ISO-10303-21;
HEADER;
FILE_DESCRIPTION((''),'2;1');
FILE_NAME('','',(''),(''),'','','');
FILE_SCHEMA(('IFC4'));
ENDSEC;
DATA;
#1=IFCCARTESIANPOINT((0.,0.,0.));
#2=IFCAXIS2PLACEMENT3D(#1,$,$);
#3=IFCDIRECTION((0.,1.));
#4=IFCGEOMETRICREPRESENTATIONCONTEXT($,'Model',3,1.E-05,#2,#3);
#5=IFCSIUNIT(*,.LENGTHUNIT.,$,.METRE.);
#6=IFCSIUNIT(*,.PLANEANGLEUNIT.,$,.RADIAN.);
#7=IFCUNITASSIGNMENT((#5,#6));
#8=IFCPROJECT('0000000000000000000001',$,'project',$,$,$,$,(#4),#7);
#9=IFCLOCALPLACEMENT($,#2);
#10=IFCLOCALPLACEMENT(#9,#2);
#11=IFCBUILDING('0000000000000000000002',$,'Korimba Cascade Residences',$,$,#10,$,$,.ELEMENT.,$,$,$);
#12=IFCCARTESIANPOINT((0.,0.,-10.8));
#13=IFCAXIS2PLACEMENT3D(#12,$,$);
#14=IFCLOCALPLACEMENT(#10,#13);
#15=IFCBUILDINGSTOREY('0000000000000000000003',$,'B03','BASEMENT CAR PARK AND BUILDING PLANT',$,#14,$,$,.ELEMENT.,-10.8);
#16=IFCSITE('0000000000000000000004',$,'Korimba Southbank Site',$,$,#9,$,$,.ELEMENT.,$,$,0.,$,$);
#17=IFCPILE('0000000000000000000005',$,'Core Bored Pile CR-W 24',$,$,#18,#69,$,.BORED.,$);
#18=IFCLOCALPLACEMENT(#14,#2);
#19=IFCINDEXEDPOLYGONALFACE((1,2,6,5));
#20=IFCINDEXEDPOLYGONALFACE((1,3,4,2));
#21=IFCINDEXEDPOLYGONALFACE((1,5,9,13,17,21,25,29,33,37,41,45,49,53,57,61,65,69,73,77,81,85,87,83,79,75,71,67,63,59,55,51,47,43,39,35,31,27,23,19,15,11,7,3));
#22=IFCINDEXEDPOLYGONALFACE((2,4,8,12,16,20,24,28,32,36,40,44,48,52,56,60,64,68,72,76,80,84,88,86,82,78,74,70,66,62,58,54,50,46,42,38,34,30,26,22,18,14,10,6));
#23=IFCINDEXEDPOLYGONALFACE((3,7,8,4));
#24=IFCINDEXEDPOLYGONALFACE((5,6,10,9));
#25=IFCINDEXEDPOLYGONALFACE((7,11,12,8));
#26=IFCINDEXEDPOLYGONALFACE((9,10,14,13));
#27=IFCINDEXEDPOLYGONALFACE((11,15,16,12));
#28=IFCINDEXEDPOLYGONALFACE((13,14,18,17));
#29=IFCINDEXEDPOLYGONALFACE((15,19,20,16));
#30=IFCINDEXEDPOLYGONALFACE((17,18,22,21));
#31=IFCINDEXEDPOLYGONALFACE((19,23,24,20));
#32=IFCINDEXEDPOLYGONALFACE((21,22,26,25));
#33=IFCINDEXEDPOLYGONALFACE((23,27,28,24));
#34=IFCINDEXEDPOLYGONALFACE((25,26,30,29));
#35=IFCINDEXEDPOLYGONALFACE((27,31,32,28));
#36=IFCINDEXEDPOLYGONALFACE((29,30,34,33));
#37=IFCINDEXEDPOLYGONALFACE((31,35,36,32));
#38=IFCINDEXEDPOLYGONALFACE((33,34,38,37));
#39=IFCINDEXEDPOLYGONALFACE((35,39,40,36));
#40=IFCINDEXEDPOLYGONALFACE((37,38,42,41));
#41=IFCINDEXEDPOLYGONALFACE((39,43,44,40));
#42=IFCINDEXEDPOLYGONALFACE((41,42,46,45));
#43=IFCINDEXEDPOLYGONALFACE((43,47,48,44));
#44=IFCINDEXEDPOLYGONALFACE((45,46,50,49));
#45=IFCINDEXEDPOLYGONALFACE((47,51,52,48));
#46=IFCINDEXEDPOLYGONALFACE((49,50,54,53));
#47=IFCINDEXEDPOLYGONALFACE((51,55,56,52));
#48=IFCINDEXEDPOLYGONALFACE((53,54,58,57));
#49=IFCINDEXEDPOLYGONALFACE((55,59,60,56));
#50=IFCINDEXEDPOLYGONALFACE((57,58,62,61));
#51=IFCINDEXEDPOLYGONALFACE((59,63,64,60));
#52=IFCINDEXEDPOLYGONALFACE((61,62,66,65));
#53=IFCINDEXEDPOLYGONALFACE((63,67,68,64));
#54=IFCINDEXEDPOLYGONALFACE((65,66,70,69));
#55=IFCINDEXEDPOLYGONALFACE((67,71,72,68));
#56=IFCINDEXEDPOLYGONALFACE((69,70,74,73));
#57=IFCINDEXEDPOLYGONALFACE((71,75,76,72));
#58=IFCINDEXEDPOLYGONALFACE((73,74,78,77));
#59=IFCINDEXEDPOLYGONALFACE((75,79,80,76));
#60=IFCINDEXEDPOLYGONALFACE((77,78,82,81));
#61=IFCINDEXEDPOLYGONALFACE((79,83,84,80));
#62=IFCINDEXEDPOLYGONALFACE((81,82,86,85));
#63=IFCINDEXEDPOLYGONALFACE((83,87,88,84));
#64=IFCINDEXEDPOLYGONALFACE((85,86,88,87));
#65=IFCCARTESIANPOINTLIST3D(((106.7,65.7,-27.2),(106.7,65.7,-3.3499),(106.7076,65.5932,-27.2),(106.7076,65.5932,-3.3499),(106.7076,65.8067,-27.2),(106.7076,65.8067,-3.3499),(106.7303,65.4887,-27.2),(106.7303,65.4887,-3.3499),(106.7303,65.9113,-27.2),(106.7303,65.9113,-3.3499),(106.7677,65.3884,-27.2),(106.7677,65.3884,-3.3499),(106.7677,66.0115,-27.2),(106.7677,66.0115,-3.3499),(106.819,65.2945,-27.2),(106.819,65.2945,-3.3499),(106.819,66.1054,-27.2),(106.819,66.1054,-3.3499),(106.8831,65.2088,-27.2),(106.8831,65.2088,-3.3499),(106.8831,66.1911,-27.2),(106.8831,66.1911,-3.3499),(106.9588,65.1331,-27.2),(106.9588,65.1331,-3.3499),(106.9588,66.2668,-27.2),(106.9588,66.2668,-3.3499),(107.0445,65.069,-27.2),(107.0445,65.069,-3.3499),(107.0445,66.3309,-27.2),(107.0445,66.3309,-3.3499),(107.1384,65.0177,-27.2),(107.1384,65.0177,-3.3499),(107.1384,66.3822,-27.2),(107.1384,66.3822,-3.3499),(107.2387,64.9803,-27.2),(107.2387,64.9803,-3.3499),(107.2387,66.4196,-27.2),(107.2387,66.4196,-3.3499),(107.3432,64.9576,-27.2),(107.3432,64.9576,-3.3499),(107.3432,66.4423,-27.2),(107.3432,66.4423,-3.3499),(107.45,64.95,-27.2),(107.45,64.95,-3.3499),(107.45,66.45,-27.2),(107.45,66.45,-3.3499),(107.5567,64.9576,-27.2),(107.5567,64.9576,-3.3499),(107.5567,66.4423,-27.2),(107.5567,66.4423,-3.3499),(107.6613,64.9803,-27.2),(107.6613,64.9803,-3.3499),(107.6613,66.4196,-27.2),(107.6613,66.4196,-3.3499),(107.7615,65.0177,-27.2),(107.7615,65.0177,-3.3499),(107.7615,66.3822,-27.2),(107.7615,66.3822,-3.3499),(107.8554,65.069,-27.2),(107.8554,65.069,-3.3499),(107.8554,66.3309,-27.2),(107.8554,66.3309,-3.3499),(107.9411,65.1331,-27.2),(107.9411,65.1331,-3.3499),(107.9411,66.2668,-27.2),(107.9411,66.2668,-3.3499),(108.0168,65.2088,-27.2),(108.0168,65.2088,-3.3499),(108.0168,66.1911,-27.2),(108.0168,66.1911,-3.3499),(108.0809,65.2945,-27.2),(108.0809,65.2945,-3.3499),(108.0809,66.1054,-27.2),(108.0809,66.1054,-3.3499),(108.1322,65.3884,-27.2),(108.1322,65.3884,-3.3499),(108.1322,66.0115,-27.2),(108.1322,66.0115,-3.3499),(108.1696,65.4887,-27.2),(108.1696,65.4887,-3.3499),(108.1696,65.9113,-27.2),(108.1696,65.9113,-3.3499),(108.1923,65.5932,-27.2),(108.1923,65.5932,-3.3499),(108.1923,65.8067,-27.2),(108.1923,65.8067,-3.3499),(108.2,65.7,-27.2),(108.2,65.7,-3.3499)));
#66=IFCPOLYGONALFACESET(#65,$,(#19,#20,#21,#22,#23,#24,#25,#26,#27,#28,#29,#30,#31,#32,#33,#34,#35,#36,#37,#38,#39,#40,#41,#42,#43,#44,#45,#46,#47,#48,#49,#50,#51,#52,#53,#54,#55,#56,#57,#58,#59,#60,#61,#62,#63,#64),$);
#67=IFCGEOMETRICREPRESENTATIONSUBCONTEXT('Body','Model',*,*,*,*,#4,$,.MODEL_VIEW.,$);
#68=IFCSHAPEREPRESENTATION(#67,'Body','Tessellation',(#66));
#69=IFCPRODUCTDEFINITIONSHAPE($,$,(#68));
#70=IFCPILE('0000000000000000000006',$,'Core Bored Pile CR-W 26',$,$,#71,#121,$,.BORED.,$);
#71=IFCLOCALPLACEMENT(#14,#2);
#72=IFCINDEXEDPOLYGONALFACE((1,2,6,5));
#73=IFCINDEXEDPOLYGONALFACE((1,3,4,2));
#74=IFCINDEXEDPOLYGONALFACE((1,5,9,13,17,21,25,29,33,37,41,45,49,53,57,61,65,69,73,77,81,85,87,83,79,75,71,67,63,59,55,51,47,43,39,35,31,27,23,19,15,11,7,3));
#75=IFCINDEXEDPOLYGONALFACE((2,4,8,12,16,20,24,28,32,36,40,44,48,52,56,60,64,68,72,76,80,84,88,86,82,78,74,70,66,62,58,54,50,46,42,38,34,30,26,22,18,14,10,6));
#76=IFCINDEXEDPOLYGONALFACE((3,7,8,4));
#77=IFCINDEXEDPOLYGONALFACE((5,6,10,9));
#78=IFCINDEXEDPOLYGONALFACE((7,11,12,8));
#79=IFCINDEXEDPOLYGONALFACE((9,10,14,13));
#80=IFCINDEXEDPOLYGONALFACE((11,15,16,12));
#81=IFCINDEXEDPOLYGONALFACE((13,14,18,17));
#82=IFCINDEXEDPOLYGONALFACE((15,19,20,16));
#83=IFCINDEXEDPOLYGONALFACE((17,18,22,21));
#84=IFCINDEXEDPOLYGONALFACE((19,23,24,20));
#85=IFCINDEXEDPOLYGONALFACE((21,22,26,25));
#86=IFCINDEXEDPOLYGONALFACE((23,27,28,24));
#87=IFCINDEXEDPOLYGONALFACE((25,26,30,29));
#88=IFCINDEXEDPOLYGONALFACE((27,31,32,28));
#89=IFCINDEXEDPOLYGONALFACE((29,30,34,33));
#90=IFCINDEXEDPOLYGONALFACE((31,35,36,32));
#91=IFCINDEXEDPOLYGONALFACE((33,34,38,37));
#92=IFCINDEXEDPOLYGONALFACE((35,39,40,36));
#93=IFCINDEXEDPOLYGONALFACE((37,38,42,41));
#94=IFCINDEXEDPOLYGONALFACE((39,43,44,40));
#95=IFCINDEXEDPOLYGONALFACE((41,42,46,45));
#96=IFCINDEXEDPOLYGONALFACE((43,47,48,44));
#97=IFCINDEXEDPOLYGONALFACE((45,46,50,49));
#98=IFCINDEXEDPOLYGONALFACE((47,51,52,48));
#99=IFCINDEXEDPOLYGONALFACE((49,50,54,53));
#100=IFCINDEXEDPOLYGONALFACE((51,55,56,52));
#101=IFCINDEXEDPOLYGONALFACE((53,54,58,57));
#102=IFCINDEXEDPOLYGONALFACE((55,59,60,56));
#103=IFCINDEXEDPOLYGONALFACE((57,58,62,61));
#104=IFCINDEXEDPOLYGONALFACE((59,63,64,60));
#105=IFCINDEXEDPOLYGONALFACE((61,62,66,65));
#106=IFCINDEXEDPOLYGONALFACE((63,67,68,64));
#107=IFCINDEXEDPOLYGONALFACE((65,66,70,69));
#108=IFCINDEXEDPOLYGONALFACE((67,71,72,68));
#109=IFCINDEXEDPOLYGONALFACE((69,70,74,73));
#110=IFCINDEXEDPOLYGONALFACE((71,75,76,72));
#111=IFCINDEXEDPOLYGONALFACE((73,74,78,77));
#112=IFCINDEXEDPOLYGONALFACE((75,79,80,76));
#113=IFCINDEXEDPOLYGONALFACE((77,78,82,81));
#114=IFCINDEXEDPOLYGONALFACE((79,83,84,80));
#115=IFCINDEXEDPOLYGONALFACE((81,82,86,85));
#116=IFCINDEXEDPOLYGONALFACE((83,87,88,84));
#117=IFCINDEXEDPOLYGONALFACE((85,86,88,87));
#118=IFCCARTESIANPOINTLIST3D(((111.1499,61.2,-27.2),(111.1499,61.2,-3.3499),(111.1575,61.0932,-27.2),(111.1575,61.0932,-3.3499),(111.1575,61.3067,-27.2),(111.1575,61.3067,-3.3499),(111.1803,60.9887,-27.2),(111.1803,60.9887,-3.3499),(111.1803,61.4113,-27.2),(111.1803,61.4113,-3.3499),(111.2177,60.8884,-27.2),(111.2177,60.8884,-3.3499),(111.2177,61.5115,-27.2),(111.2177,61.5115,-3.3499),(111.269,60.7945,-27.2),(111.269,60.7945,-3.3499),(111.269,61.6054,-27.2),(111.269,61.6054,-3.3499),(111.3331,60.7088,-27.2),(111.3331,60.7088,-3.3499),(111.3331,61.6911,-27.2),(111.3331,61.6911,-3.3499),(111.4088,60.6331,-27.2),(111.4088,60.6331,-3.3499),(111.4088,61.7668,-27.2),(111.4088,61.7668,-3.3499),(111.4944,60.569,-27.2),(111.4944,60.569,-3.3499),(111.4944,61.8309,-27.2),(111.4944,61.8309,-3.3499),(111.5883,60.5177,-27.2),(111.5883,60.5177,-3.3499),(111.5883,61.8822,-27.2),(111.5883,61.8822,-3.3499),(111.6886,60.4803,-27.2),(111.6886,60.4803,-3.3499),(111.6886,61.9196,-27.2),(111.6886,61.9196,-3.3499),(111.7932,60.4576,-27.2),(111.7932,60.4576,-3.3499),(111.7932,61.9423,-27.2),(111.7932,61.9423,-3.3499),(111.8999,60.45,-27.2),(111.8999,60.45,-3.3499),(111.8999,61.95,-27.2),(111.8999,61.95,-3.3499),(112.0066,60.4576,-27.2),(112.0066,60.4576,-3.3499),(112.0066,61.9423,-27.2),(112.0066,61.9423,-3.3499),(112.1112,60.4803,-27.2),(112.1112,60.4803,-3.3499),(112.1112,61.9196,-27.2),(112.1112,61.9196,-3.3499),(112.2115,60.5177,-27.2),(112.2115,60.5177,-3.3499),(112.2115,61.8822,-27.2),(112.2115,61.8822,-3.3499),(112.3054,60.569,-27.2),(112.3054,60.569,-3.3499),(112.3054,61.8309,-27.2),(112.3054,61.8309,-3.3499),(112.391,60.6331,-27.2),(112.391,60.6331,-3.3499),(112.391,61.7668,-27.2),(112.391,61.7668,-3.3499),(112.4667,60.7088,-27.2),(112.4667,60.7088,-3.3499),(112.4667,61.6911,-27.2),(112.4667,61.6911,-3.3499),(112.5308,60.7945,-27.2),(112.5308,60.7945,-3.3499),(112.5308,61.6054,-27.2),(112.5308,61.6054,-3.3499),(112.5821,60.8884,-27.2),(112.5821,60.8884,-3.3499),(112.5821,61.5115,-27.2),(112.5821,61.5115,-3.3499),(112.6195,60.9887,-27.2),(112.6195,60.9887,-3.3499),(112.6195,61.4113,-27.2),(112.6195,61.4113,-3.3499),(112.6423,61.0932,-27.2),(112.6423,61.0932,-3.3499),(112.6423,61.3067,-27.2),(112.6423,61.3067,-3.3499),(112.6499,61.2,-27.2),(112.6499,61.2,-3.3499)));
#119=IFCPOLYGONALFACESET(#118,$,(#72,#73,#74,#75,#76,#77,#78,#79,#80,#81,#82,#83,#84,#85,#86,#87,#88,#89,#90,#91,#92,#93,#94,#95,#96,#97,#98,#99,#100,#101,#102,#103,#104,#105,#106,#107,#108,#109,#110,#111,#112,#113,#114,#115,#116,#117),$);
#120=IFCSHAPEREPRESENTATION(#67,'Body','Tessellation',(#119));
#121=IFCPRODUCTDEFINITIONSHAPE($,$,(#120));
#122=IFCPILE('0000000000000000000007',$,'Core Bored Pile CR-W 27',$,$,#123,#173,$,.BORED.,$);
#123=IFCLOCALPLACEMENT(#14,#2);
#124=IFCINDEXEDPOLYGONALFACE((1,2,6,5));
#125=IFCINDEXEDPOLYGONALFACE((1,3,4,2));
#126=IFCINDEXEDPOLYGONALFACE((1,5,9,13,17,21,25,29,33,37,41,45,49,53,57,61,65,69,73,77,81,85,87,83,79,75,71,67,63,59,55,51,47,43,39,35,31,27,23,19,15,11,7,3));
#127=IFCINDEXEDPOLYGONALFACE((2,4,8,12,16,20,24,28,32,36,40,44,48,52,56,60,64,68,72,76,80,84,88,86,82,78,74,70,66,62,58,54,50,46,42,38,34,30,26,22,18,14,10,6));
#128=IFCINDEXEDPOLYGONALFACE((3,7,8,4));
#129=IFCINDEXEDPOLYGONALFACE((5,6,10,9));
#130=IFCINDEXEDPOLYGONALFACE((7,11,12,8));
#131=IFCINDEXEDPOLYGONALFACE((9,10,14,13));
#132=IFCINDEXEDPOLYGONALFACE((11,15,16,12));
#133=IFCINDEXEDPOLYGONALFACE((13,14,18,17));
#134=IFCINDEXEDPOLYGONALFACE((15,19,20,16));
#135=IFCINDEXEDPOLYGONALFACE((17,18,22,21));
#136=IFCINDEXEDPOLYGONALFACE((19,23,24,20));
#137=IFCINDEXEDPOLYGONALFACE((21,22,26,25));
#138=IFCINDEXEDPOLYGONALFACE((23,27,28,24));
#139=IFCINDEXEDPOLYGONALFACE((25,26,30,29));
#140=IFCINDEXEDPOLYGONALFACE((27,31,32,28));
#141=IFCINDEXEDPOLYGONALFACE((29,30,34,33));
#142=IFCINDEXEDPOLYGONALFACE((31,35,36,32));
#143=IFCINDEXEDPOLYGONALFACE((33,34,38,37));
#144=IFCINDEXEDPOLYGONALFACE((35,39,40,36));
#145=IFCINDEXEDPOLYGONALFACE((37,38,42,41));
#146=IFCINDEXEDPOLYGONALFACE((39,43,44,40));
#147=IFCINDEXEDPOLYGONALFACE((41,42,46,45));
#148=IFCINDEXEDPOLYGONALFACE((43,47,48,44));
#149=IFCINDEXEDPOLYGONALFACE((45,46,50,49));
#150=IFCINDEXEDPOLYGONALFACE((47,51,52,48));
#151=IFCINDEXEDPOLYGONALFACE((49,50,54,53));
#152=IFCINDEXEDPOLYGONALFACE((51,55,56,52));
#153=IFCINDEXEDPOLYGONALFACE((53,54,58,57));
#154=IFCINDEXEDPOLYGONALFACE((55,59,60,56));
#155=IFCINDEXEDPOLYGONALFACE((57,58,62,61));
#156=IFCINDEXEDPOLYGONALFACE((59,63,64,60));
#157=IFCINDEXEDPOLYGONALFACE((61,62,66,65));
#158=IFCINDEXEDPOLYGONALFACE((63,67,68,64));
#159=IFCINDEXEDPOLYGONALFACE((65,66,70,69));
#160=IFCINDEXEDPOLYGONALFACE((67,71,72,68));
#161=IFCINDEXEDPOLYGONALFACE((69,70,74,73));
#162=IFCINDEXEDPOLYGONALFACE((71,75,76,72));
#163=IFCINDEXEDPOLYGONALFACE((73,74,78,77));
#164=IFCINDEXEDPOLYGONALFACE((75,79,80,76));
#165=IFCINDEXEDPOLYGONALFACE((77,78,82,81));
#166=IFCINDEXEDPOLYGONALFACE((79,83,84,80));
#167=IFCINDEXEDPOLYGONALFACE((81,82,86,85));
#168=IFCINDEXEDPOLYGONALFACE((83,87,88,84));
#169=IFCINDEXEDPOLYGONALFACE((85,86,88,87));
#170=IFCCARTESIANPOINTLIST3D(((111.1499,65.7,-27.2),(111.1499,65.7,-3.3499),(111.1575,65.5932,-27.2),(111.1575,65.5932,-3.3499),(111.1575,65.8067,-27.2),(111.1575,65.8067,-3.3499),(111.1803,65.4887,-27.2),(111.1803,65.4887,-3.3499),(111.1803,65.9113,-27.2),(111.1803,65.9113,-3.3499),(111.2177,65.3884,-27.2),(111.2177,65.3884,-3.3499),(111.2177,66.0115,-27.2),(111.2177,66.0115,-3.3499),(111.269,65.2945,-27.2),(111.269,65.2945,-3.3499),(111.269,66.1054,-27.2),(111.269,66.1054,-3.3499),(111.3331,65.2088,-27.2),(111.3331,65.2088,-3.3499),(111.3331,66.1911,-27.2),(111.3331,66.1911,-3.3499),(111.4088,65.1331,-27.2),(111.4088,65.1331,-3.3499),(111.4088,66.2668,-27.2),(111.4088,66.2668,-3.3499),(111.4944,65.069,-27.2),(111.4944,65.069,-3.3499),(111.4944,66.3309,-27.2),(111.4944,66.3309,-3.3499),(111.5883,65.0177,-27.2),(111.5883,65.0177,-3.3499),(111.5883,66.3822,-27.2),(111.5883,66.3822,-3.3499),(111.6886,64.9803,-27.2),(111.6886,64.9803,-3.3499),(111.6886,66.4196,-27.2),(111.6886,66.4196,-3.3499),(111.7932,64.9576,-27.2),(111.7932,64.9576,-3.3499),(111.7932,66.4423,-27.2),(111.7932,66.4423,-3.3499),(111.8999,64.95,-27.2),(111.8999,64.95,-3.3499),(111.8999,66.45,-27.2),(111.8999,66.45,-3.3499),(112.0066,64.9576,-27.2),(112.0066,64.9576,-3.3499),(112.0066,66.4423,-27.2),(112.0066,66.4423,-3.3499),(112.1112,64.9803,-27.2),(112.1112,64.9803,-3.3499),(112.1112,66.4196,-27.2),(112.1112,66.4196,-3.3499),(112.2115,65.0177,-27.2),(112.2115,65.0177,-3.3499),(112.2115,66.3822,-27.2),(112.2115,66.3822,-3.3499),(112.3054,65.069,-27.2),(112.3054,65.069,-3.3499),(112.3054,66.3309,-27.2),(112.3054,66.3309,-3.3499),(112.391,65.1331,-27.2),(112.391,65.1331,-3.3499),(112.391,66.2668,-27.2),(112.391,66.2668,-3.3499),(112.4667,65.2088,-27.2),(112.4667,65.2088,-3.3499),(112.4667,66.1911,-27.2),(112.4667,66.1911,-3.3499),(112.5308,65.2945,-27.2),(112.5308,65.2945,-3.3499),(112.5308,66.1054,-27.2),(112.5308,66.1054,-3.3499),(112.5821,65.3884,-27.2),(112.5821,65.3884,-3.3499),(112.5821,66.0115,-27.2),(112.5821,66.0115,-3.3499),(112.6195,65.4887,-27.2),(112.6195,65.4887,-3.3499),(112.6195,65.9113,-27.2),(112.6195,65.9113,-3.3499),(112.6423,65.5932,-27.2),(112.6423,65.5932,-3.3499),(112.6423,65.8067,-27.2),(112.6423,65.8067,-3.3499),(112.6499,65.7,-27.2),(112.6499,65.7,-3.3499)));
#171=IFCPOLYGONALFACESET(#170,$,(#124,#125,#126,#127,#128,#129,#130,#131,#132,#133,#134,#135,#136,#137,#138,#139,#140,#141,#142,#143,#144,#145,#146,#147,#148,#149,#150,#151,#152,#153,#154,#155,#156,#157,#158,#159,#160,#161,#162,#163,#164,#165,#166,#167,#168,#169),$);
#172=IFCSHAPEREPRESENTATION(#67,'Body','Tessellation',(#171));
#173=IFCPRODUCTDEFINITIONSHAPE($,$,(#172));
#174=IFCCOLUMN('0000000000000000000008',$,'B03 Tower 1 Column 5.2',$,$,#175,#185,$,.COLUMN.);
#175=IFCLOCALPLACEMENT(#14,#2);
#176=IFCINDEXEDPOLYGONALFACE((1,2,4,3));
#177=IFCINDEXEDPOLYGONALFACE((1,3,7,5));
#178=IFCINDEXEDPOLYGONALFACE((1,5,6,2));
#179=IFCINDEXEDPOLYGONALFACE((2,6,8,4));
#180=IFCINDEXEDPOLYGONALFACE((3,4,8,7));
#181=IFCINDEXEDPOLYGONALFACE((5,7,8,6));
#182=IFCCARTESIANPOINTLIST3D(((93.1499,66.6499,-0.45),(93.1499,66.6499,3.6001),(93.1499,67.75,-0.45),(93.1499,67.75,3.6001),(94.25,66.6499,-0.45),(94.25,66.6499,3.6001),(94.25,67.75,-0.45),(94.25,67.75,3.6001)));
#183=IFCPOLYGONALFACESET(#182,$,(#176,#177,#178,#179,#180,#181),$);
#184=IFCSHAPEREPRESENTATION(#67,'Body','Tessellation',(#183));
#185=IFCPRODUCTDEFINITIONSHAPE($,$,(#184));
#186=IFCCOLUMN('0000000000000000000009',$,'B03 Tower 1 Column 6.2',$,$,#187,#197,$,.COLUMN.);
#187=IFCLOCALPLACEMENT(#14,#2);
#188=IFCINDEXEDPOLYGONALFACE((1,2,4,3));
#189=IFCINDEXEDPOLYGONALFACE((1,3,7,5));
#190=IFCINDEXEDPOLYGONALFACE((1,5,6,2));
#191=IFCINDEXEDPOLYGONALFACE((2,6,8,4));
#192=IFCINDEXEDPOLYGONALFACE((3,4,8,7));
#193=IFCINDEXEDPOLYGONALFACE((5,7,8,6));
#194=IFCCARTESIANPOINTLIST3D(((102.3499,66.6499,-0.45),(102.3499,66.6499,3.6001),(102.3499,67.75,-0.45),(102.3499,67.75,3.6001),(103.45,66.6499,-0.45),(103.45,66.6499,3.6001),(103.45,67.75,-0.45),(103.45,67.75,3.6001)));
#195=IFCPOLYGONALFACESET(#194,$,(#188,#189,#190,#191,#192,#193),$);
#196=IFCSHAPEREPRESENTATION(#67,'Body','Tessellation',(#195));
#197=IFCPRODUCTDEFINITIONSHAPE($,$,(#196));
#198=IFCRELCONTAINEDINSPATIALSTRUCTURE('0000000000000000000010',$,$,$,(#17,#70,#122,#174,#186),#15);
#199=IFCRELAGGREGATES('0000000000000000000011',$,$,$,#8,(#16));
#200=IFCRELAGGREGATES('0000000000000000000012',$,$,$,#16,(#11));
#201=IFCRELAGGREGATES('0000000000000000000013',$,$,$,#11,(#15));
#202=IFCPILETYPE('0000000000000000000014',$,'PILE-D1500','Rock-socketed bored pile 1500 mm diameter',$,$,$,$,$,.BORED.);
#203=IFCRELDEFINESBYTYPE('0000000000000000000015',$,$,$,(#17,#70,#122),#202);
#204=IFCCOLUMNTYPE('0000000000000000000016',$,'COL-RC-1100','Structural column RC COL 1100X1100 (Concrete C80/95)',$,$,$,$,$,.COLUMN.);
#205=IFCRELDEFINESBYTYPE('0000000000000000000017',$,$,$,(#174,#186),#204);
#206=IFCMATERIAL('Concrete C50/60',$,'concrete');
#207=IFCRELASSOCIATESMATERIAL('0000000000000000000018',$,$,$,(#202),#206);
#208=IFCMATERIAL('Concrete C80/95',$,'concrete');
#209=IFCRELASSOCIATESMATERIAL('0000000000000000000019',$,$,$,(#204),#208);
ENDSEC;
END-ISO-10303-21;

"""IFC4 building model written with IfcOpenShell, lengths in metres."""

from ifc_helpers import new_model, si_unit, direction, frame, origin, origin_2d, place, context, subcontext, project, spatial, rectangle, circle, extrude, material, material_profile, profile_set, type_object, element, save


model = new_model("IFC4")

# Units and contexts
model_context = context("Model", 3, precision=1e-05, world=origin(), true_north=direction((0.0, 1.0)))
body_context = subcontext(model_context, "Body", "Model", "MODEL_VIEW")
ifc_project = project(units=[si_unit("LENGTHUNIT", "METRE"), si_unit("PLANEANGLEUNIT", "RADIAN")], contexts=[model_context])

# Site, building, storey
site_placement = place(None, origin())
site = spatial("IfcSite", under=ifc_project, at=site_placement, Name="Korimba Southbank Site", CompositionType="ELEMENT", RefElevation=0.0)
building_placement = place(site_placement, origin())
building = spatial("IfcBuilding", under=site, at=building_placement, Name="Korimba Cascade Residences", CompositionType="ELEMENT")
storey_placement = place(building_placement, frame((0.0, 0.0, -10.8)))
storey = spatial("IfcBuildingStorey", under=building, at=storey_placement, Name="B03", Description="BASEMENT CAR PARK AND BUILDING PLANT", CompositionType="ELEMENT", Elevation=-10.8)

# Piles
ifc_material_1 = material(Name="Concrete C50/60", Category="concrete")
ifc_material_profile_1 = material_profile(ifc_material_1, circle(Radius=0.75, at=origin_2d()), Name="Concrete C50/60")
ifc_profile_set_1 = profile_set([ifc_material_profile_1], Name="Concrete C50/60")
pile_type = type_object("IfcPileType", Name="PILE-D1500", Description="Rock-socketed bored pile 1500 mm diameter", PredefinedType="BORED", material=ifc_profile_set_1)
for number, where, z_axis, x_axis, name in (
    (1, (107.45, 65.7, -3.3499), (0.0, 0.0, -1.0), (1.0, 0.0, 0.0), "Core Bored Pile CR-W 24"),
    (2, (111.8999, 61.2, -3.3499), (0.0, 0.0, -1.0), (1.0, 0.0, 0.0), "Core Bored Pile CR-W 26"),
    (3, (111.8999, 65.7, -3.3499), (0.0, 0.0, -1.0), (1.0, 0.0, 0.0), "Core Bored Pile CR-W 27"),
):
    element("IfcPile", number, at=place(storey_placement, frame(where, z_axis=z_axis, x_axis=x_axis)), inside=storey, type_object=pile_type, Name=name, PredefinedType="BORED", context=body_context, shape_type="SweptSolid", body=[
        extrude(circle(Radius=0.75, at=origin_2d()), origin(), (0.0, 0.0, 1.0), 23.8501),
    ])

# Columns
ifc_material_2 = material(Name="Concrete C80/95", Category="concrete")
ifc_material_profile_2 = material_profile(ifc_material_2, rectangle(XDim=1.1001, YDim=1.1001, at=origin_2d()), Name="Concrete C80/95")
ifc_profile_set_2 = profile_set([ifc_material_profile_2], Name="Concrete C80/95")
column_type = type_object("IfcColumnType", Name="COL-RC-1100", Description="Structural column RC COL 1100X1100 (Concrete C80/95)", PredefinedType="COLUMN", material=ifc_profile_set_2)
for number, where, z_axis, x_axis, name in (
    (4, (93.7, 67.2, -0.45), (0.0, 0.0, 1.0), (1.0, 0.0, 0.0), "B03 Tower 1 Column 5.2"),
    (5, (102.8999, 67.2, -0.45), (0.0, 0.0, 1.0), (1.0, 0.0, 0.0), "B03 Tower 1 Column 6.2"),
):
    element("IfcColumn", number, at=place(storey_placement, frame(where, z_axis=z_axis, x_axis=x_axis)), inside=storey, type_object=column_type, Name=name, PredefinedType="COLUMN", context=body_context, shape_type="SweptSolid", body=[
        extrude(rectangle(XDim=1.1001, YDim=1.1001, at=origin_2d()), origin(), (0.0, 0.0, 1.0), 4.05),
    ])

save(model, "model.ifc")
